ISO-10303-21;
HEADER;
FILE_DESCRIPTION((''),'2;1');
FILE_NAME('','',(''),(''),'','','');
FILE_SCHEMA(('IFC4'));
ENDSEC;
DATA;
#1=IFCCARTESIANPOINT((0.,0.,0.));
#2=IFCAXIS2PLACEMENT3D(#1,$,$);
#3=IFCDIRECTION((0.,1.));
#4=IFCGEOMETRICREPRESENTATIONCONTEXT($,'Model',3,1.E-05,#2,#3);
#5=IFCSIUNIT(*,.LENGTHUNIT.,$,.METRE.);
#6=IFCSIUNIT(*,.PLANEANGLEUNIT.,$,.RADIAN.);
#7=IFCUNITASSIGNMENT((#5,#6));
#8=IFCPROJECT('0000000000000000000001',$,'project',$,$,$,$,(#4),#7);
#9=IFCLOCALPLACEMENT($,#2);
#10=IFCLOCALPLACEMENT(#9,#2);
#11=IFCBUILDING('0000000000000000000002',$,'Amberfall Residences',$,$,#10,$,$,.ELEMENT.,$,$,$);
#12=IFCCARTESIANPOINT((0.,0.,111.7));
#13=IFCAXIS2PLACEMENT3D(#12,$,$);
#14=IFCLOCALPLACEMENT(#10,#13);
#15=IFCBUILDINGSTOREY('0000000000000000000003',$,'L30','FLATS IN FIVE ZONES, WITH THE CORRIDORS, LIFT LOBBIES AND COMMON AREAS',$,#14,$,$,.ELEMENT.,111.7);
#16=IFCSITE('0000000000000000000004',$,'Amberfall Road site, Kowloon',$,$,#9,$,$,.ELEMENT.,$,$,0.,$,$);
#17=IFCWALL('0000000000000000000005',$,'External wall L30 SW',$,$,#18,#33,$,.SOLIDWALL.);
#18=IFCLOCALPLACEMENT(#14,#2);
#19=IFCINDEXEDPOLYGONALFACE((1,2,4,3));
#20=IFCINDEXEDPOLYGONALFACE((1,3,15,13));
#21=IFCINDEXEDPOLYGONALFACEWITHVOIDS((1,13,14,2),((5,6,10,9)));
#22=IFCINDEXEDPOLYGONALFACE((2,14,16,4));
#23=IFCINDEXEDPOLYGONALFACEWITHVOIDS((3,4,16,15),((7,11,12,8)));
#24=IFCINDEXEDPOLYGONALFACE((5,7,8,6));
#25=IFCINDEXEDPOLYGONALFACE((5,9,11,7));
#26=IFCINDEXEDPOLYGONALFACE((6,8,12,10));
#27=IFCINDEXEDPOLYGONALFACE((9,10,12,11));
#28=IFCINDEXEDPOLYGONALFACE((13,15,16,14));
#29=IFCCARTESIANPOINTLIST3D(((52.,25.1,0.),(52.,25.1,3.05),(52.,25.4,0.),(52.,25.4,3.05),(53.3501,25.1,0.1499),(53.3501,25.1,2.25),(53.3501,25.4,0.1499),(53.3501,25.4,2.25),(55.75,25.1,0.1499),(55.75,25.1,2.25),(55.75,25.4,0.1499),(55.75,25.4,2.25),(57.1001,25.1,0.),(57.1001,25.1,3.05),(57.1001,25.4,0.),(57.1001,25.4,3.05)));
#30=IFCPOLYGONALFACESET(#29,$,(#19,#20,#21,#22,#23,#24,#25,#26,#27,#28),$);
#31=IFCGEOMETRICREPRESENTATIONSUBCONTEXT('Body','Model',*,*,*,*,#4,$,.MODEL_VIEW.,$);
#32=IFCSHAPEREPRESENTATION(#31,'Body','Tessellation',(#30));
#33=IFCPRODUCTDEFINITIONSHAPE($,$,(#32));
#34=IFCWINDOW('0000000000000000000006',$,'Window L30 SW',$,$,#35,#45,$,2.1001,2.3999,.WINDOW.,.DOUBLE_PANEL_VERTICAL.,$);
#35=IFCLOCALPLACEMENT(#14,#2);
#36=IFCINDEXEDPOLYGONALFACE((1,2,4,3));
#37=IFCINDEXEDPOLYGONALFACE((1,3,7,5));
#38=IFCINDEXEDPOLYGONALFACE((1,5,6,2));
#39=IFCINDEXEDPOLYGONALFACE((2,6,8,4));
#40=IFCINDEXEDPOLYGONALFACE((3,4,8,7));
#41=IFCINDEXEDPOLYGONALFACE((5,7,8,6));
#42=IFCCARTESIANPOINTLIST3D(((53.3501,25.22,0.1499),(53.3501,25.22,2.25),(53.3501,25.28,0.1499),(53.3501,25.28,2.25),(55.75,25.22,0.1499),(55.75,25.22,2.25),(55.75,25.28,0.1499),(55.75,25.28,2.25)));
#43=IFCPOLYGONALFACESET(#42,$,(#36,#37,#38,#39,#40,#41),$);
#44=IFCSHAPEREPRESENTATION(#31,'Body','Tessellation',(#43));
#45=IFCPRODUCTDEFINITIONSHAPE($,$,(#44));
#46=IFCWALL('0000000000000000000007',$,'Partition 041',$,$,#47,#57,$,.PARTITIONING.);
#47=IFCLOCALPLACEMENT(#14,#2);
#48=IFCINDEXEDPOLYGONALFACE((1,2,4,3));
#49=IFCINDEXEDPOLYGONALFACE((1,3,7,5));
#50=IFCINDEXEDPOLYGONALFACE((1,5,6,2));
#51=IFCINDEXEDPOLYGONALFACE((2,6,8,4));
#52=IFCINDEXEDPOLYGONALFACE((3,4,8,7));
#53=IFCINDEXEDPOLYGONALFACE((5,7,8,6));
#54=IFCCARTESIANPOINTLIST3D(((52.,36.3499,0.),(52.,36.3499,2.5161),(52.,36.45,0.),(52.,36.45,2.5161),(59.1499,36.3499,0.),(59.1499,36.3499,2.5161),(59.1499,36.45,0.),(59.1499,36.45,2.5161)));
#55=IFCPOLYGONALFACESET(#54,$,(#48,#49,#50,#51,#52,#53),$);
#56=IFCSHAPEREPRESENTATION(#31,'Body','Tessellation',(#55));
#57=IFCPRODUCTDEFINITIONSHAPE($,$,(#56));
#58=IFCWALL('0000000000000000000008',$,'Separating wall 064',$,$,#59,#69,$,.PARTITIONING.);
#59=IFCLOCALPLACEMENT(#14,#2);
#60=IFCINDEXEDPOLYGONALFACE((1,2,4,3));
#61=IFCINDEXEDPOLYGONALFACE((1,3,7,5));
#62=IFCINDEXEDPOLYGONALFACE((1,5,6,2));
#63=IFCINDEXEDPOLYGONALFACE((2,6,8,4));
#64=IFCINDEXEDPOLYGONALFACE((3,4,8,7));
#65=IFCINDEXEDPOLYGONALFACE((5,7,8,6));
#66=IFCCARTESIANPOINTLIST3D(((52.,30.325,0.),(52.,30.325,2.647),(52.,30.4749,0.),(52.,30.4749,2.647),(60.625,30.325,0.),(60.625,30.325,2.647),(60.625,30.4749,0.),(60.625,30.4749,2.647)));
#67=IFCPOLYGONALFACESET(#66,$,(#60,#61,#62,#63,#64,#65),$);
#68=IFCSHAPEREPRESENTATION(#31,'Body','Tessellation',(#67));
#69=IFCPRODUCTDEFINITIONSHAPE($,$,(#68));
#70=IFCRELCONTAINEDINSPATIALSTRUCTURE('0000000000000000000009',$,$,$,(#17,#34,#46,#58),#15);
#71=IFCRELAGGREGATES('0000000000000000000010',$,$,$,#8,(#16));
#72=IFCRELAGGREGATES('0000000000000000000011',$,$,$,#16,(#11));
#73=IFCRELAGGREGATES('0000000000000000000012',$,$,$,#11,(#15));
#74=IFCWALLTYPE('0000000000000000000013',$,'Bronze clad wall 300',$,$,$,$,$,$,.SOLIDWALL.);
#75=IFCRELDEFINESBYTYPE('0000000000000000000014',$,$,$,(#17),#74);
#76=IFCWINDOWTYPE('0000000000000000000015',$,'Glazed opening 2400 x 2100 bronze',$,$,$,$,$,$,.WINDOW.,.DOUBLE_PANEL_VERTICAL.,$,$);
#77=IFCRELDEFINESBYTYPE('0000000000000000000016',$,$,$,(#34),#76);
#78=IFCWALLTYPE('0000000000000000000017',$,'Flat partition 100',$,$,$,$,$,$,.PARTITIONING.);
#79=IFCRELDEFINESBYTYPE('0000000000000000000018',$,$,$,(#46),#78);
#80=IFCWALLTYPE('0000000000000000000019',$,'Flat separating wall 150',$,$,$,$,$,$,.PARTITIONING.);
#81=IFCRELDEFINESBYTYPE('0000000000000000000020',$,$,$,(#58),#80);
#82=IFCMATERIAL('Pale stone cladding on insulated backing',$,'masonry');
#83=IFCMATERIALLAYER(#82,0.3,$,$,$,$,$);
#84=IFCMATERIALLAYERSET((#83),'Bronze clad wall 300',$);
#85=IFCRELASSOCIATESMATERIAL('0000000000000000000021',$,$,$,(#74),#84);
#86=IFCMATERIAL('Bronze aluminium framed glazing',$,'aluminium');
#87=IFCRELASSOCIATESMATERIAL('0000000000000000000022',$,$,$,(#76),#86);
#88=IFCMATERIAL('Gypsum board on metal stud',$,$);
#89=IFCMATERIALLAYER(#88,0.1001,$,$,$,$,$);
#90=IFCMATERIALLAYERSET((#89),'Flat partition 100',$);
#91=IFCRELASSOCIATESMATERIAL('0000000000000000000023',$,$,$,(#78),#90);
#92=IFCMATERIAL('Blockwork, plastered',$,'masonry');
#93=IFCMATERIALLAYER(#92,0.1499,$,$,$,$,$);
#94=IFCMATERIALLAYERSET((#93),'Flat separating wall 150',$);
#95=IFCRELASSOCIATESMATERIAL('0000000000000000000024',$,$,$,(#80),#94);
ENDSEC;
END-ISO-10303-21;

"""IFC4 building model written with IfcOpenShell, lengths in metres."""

from ifc_helpers import new_model, si_unit, direction, frame, frame_2d, origin, place, context, subcontext, project, spatial, rectangle, extrude, material, layer, layer_set, type_object, element, fill, save


model = new_model("IFC4")

# Units and contexts
model_context = context("Model", 3, precision=1e-05, world=origin(), true_north=direction((0.0, 1.0)))
body_context = subcontext(model_context, "Body", "Model", "MODEL_VIEW")
ifc_project = project(units=[si_unit("LENGTHUNIT", "METRE"), si_unit("PLANEANGLEUNIT", "RADIAN")], contexts=[model_context])

# Site, building, storey
site_placement = place(None, origin())
site = spatial("IfcSite", under=ifc_project, at=site_placement, Name="Amberfall Road site, Kowloon", CompositionType="ELEMENT", RefElevation=0.0)
building_placement = place(site_placement, origin())
building = spatial("IfcBuilding", under=site, at=building_placement, Name="Amberfall Residences", CompositionType="ELEMENT")
storey_placement = place(building_placement, frame((0.0, 0.0, 111.7)))
storey = spatial("IfcBuildingStorey", under=building, at=storey_placement, Name="L30", Description="FLATS IN FIVE ZONES, WITH THE CORRIDORS, LIFT LOBBIES AND COMMON AREAS", CompositionType="ELEMENT", Elevation=111.7)

# Wall, opening, window
ifc_material_1 = material(Name="Pale stone cladding on insulated backing", Category="masonry")
ifc_layer_1 = layer(ifc_material_1, 0.3)
ifc_layer_set_1 = layer_set([ifc_layer_1], Name="Bronze clad wall 300")
wall_type_1 = type_object("IfcWallType", Name="Bronze clad wall 300", PredefinedType="SOLIDWALL", material=ifc_layer_set_1)
wall_1_placement = place(storey_placement, frame((52.0, 25.25, 0.0), z_axis=(0.0, 0.0, 1.0), x_axis=(1.0, 0.0, 0.0)))
wall_1 = element("IfcWall", 1, at=wall_1_placement, inside=storey, type_object=wall_type_1, Name="External wall L30 SW", PredefinedType="SOLIDWALL", context=body_context, shape_type="SweptSolid", body=[
    extrude(rectangle(XDim=5.1001, YDim=0.3, at=frame_2d((2.55, 0.0))), origin(), (0.0, 0.0, 1.0), 3.05),
])
opening_placement = place(wall_1_placement, frame((1.3501, 0.0, 0.1499)))
opening = element("IfcOpeningElement", 2, at=opening_placement, cuts=wall_1, PredefinedType="OPENING", context=body_context, shape_type="SweptSolid", body=[
    extrude(rectangle(XDim=2.3999, YDim=2.1001, at=frame_2d((1.2, 1.05))), frame((0.0, 0.1599, 0.0), z_axis=(0.0, -1.0, 0.0), x_axis=(1.0, 0.0, 0.0)), (0.0, 0.0, 1.0), 0.3201),
])
ifc_material_2 = material(Name="Bronze aluminium framed glazing", Category="aluminium")
window_type = type_object("IfcWindowType", Name="Glazed opening 2400 x 2100 bronze", PartitioningType="DOUBLE_PANEL_VERTICAL", PredefinedType="WINDOW", material=ifc_material_2)
window_placement = place(opening_placement, origin())
window = element("IfcWindow", 3, at=window_placement, inside=storey, type_object=window_type, Name="Window L30 SW", OverallHeight=2.1001, OverallWidth=2.3999, PartitioningType="DOUBLE_PANEL_VERTICAL", PredefinedType="WINDOW", context=body_context, shape_type="SweptSolid", body=[
    extrude(rectangle(XDim=2.3999, YDim=2.1001, at=frame_2d((1.2, 1.05))), frame((0.0, 0.03, 0.0), z_axis=(0.0, -1.0, 0.0), x_axis=(1.0, 0.0, 0.0)), (0.0, 0.0, 1.0), 0.0601),
])
fill(opening, window)

# Walls
ifc_material_3 = material(Name="Gypsum board on metal stud")
ifc_layer_2 = layer(ifc_material_3, 0.1001)
ifc_layer_set_2 = layer_set([ifc_layer_2], Name="Flat partition 100")
wall_type_2 = type_object("IfcWallType", Name="Flat partition 100", PredefinedType="PARTITIONING", material=ifc_layer_set_2)
wall_2_placement = place(storey_placement, frame((52.0, 36.3999, 0.0), z_axis=(0.0, 0.0, 1.0), x_axis=(1.0, 0.0, 0.0)))
element("IfcWall", 4, at=wall_2_placement, inside=storey, type_object=wall_type_2, Name="Partition 041", PredefinedType="PARTITIONING", context=body_context, shape_type="SweptSolid", body=[
    extrude(rectangle(XDim=7.1499, YDim=0.1001, at=frame_2d((3.575, 0.0))), origin(), (0.0, 0.0, 1.0), 2.5161),
])
ifc_material_4 = material(Name="Blockwork, plastered", Category="masonry")
ifc_layer_3 = layer(ifc_material_4, 0.1499)
ifc_layer_set_3 = layer_set([ifc_layer_3], Name="Flat separating wall 150")
wall_type_3 = type_object("IfcWallType", Name="Flat separating wall 150", PredefinedType="PARTITIONING", material=ifc_layer_set_3)
wall_3_placement = place(storey_placement, frame((52.0, 30.3999, 0.0), z_axis=(0.0, 0.0, 1.0), x_axis=(1.0, 0.0, 0.0)))
element("IfcWall", 5, at=wall_3_placement, inside=storey, type_object=wall_type_3, Name="Separating wall 064", PredefinedType="PARTITIONING", context=body_context, shape_type="SweptSolid", body=[
    extrude(rectangle(XDim=8.625, YDim=0.1499, at=frame_2d((4.3125, 0.0))), origin(), (0.0, 0.0, 1.0), 2.647),
])

save(model, "model.ifc")
